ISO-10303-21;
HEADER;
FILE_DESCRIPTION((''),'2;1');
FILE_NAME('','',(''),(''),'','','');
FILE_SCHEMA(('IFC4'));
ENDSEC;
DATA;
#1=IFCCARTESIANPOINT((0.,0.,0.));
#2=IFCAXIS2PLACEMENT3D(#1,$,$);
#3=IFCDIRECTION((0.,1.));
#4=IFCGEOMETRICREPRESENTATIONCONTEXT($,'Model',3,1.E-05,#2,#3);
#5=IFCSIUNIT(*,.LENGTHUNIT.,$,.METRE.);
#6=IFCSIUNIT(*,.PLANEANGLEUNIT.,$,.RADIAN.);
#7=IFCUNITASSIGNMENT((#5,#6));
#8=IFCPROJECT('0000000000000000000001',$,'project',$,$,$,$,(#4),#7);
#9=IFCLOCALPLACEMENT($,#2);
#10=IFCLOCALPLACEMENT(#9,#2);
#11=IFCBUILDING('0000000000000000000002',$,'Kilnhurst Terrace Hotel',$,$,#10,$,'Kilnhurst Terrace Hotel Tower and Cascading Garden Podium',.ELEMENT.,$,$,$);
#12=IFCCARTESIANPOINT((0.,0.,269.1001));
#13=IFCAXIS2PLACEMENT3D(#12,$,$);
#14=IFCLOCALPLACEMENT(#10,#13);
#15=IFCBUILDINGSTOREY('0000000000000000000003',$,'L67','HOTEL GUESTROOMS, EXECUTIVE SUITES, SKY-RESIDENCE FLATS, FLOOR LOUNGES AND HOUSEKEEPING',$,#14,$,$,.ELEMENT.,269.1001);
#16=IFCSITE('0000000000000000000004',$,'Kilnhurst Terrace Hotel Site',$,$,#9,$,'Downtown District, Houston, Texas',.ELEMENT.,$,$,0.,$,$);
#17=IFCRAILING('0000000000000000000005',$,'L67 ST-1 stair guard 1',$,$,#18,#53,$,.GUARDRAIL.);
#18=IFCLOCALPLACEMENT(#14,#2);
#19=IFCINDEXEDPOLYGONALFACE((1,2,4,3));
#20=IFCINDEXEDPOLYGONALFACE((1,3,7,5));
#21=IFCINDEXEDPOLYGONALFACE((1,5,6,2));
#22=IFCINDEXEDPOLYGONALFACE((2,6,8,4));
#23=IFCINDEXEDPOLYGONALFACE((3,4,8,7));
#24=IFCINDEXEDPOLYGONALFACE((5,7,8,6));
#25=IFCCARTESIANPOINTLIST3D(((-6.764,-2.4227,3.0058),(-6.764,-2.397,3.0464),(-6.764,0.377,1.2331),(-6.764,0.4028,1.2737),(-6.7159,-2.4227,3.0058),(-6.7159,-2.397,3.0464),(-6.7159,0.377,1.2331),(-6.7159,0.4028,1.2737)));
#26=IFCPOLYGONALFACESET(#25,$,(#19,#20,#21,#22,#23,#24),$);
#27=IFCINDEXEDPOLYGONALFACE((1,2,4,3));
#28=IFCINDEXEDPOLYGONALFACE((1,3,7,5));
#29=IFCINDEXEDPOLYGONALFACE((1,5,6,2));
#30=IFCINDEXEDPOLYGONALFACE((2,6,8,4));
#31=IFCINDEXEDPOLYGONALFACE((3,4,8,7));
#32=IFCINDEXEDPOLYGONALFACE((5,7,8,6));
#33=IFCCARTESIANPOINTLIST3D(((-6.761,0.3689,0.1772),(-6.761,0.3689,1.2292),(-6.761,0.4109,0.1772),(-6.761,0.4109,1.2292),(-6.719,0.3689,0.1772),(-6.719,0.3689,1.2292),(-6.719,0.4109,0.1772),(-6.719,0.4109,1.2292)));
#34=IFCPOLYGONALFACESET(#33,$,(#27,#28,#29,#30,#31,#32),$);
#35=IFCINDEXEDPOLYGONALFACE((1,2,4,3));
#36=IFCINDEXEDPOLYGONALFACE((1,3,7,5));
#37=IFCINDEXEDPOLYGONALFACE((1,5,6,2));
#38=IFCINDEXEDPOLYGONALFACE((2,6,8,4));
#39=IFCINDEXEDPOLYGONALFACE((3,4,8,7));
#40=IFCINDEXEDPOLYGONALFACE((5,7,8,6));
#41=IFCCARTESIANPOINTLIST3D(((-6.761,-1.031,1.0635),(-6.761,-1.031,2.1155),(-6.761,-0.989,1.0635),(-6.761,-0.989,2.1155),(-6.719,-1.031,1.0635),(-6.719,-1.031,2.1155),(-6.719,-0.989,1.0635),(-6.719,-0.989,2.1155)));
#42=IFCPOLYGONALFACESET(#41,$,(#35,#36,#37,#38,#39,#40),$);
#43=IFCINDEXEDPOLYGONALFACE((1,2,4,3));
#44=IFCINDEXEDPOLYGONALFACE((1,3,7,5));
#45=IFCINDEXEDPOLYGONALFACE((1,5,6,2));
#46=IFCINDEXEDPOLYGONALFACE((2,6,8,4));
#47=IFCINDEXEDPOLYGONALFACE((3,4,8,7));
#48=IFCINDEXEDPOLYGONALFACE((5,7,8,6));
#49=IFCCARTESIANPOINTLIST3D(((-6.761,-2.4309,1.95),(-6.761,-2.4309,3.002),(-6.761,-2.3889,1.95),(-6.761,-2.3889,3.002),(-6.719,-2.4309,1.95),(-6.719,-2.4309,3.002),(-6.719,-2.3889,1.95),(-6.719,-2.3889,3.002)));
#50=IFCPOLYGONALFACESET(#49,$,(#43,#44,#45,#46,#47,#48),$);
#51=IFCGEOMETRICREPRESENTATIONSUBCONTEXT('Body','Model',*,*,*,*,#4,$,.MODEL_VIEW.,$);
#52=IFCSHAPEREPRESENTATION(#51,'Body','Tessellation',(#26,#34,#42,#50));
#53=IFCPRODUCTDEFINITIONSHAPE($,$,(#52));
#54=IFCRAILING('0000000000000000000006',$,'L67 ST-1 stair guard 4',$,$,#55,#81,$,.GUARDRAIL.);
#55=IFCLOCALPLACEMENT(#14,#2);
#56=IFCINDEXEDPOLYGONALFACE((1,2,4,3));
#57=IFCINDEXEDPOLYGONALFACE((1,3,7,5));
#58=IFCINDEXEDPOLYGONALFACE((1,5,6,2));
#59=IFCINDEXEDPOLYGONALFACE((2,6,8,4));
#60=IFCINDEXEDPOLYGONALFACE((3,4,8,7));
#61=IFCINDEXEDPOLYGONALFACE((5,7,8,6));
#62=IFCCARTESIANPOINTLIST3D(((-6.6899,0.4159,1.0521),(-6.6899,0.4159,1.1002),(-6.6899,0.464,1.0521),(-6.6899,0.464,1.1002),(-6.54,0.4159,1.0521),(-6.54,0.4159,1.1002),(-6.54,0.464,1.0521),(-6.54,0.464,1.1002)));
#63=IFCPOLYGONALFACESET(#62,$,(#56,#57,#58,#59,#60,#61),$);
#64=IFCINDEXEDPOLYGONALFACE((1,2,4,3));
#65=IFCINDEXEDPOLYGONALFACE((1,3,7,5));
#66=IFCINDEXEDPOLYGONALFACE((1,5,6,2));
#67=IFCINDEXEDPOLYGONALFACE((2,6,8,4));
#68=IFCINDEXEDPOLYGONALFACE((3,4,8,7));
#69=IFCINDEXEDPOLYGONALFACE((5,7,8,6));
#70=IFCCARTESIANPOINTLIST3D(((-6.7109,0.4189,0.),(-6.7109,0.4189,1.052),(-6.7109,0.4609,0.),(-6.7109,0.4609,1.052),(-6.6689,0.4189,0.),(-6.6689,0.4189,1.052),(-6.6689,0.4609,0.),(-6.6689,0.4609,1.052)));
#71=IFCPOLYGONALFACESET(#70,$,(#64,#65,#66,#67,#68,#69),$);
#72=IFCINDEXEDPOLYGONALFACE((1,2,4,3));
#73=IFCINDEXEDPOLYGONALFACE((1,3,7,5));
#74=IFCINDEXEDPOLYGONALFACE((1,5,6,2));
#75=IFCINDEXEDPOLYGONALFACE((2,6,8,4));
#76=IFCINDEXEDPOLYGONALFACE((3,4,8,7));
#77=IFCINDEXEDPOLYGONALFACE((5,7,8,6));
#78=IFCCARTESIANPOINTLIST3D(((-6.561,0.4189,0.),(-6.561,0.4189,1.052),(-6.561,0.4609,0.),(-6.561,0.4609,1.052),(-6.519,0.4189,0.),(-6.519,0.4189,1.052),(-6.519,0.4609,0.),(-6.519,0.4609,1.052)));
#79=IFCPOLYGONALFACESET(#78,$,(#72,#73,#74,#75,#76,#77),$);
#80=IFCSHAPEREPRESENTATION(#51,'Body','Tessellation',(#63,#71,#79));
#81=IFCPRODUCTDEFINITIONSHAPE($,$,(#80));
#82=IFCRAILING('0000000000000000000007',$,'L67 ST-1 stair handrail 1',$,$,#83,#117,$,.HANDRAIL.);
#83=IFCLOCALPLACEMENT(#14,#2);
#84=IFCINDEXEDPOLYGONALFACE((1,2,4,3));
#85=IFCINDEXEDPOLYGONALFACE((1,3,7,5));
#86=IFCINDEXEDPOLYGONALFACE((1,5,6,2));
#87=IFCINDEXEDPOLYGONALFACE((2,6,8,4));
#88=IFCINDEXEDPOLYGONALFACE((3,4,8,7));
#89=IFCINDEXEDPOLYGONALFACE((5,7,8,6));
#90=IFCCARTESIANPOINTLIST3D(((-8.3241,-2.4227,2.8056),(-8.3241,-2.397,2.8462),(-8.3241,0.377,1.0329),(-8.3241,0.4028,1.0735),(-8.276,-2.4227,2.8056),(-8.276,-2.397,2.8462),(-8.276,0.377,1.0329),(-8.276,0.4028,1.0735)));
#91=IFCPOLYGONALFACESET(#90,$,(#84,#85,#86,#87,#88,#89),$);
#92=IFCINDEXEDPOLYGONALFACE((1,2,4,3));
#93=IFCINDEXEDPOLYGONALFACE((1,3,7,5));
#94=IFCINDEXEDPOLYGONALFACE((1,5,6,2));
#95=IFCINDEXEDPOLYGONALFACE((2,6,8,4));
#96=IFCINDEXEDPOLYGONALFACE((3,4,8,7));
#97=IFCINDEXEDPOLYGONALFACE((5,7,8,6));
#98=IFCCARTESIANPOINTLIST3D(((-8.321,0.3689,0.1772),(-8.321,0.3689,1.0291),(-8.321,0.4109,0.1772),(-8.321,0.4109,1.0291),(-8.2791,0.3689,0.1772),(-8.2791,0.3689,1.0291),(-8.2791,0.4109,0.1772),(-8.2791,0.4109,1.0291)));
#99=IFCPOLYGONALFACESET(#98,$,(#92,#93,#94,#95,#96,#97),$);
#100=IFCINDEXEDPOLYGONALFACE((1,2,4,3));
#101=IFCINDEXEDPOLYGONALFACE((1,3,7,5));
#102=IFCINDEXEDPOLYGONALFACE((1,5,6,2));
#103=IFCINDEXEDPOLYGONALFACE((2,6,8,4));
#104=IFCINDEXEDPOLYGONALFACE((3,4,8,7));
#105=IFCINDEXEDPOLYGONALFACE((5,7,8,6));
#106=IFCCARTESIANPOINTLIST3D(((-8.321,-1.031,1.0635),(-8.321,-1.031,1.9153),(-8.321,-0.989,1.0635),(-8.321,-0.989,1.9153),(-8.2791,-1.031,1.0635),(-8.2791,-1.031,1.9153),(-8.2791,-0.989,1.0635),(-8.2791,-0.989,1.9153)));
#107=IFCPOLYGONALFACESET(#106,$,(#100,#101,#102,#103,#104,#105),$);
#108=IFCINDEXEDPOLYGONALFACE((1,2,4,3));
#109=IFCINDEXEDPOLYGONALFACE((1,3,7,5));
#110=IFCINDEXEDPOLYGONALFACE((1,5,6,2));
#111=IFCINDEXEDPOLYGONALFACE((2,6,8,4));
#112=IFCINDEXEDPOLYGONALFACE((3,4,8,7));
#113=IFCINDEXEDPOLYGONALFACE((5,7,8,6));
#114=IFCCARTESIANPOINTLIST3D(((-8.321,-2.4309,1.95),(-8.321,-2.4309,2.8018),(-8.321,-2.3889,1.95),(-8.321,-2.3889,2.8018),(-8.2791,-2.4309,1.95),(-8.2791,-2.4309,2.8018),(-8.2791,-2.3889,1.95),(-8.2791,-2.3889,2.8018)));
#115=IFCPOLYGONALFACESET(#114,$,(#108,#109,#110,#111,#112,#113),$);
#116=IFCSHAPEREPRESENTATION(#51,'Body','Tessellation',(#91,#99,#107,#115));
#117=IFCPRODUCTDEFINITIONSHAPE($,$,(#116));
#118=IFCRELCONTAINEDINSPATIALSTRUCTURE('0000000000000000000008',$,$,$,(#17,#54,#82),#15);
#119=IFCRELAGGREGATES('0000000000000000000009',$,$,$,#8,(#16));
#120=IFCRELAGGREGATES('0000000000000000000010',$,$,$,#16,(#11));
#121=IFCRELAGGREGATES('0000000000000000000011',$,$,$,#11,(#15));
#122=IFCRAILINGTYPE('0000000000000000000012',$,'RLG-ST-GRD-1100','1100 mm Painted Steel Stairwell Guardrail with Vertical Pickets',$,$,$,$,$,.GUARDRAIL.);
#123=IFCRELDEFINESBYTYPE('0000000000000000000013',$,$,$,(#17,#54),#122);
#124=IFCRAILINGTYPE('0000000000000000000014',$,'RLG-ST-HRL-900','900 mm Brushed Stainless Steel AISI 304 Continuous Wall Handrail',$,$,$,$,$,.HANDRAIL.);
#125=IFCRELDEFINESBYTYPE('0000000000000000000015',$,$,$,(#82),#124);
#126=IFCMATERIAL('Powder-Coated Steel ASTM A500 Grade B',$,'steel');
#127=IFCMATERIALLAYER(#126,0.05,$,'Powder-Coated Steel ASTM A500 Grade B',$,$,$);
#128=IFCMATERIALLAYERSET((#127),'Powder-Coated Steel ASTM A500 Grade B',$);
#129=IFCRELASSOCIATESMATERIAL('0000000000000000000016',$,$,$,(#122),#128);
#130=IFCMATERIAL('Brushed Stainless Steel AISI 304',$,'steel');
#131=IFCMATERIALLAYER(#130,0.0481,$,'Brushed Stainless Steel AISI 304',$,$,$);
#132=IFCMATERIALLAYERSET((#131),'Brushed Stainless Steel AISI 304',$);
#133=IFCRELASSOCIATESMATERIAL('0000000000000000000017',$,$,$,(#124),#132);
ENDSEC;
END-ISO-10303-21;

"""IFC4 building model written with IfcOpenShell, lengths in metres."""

from ifc_helpers import new_model, si_unit, direction, frame, origin, origin_2d, place, context, subcontext, project, spatial, rectangle, extrude, material, layer, layer_set, type_object, element, save


model = new_model("IFC4")

# Units and contexts
model_context = context("Model", 3, precision=1e-05, world=origin(), true_north=direction((0.0, 1.0)))
body_context = subcontext(model_context, "Body", "Model", "MODEL_VIEW")
ifc_project = project(units=[si_unit("LENGTHUNIT", "METRE"), si_unit("PLANEANGLEUNIT", "RADIAN")], contexts=[model_context])

# Site, building, storey
site_placement = place(None, origin())
site = spatial("IfcSite", under=ifc_project, at=site_placement, Name="Kilnhurst Terrace Hotel Site", LongName="Downtown District, Houston, Texas", CompositionType="ELEMENT", RefElevation=0.0)
building_placement = place(site_placement, origin())
building = spatial("IfcBuilding", under=site, at=building_placement, Name="Kilnhurst Terrace Hotel", LongName="Kilnhurst Terrace Hotel Tower and Cascading Garden Podium", CompositionType="ELEMENT")
storey_placement = place(building_placement, frame((0.0, 0.0, 269.1001)))
storey = spatial("IfcBuildingStorey", under=building, at=storey_placement, Name="L67", Description="HOTEL GUESTROOMS, EXECUTIVE SUITES, SKY-RESIDENCE FLATS, FLOOR LOUNGES AND HOUSEKEEPING", CompositionType="ELEMENT", Elevation=269.1001)

# Railings
ifc_material_1 = material(Name="Powder-Coated Steel ASTM A500 Grade B", Category="steel")
ifc_layer_1 = layer(ifc_material_1, 0.05, Name="Powder-Coated Steel ASTM A500 Grade B")
ifc_layer_set_1 = layer_set([ifc_layer_1], Name="Powder-Coated Steel ASTM A500 Grade B")
railing_type_1 = type_object("IfcRailingType", Name="RLG-ST-GRD-1100", Description="1100 mm Painted Steel Stairwell Guardrail with Vertical Pickets", PredefinedType="GUARDRAIL", material=ifc_layer_set_1)
railing_1_placement = place(storey_placement, frame((-6.74, 0.3899, 0.1772)))
element("IfcRailing", 1, at=railing_1_placement, inside=storey, type_object=railing_type_1, Name="L67 ST-1 stair guard 1", PredefinedType="GUARDRAIL", context=body_context, shape_type="SweptSolid", body=[
    extrude(rectangle(XDim=0.0481, YDim=0.0481, at=origin_2d()), frame((0.0, 0.0, 1.0762), z_axis=(0.0, -0.844888, 0.534943), x_axis=(1.0, 0.0, 0.0)), (0.0, 0.0, 1.0), 3.3137),
    extrude(rectangle(XDim=0.042, YDim=0.042, at=origin_2d()), origin(), (0.0, 0.0, 1.0), 1.052),
    extrude(rectangle(XDim=0.042, YDim=0.042, at=origin_2d()), frame((0.0, -1.3999, 0.8862)), (0.0, 0.0, 1.0), 1.052),
    extrude(rectangle(XDim=0.042, YDim=0.042, at=origin_2d()), frame((0.0, -2.7998, 1.7727)), (0.0, 0.0, 1.0), 1.052),
])
railing_2_placement = place(storey_placement, frame((-6.6899, 0.4399, 0.0)))
element("IfcRailing", 2, at=railing_2_placement, inside=storey, type_object=railing_type_1, Name="L67 ST-1 stair guard 4", PredefinedType="GUARDRAIL", context=body_context, shape_type="SweptSolid", body=[
    extrude(rectangle(XDim=0.0481, YDim=0.0481, at=origin_2d()), frame((0.0, 0.0, 1.0762), z_axis=(1.0, 0.0, 0.0), x_axis=(0.0, 1.0, 0.0)), (0.0, 0.0, 1.0), 0.1499),
    extrude(rectangle(XDim=0.042, YDim=0.042, at=origin_2d()), origin(), (0.0, 0.0, 1.0), 1.052),
    extrude(rectangle(XDim=0.042, YDim=0.042, at=origin_2d()), frame((0.1499, 0.0, 0.0)), (0.0, 0.0, 1.0), 1.052),
])
ifc_material_2 = material(Name="Brushed Stainless Steel AISI 304", Category="steel")
ifc_layer_2 = layer(ifc_material_2, 0.0481, Name="Brushed Stainless Steel AISI 304")
ifc_layer_set_2 = layer_set([ifc_layer_2], Name="Brushed Stainless Steel AISI 304")
railing_type_2 = type_object("IfcRailingType", Name="RLG-ST-HRL-900", Description="900 mm Brushed Stainless Steel AISI 304 Continuous Wall Handrail", PredefinedType="HANDRAIL", material=ifc_layer_set_2)
railing_3_placement = place(storey_placement, frame((-8.3, 0.3899, 0.1772)))
element("IfcRailing", 3, at=railing_3_placement, inside=storey, type_object=railing_type_2, Name="L67 ST-1 stair handrail 1", PredefinedType="HANDRAIL", context=body_context, shape_type="SweptSolid", body=[
    extrude(rectangle(XDim=0.0481, YDim=0.0481, at=origin_2d()), frame((0.0, 0.0, 0.876), z_axis=(0.0, -0.844888, 0.534943), x_axis=(1.0, 0.0, 0.0)), (0.0, 0.0, 1.0), 3.3137),
    extrude(rectangle(XDim=0.042, YDim=0.042, at=origin_2d()), origin(), (0.0, 0.0, 1.0), 0.8518),
    extrude(rectangle(XDim=0.042, YDim=0.042, at=origin_2d()), frame((0.0, -1.3999, 0.8862)), (0.0, 0.0, 1.0), 0.8518),
    extrude(rectangle(XDim=0.042, YDim=0.042, at=origin_2d()), frame((0.0, -2.7998, 1.7727)), (0.0, 0.0, 1.0), 0.8518),
])

save(model, "model.ifc")
